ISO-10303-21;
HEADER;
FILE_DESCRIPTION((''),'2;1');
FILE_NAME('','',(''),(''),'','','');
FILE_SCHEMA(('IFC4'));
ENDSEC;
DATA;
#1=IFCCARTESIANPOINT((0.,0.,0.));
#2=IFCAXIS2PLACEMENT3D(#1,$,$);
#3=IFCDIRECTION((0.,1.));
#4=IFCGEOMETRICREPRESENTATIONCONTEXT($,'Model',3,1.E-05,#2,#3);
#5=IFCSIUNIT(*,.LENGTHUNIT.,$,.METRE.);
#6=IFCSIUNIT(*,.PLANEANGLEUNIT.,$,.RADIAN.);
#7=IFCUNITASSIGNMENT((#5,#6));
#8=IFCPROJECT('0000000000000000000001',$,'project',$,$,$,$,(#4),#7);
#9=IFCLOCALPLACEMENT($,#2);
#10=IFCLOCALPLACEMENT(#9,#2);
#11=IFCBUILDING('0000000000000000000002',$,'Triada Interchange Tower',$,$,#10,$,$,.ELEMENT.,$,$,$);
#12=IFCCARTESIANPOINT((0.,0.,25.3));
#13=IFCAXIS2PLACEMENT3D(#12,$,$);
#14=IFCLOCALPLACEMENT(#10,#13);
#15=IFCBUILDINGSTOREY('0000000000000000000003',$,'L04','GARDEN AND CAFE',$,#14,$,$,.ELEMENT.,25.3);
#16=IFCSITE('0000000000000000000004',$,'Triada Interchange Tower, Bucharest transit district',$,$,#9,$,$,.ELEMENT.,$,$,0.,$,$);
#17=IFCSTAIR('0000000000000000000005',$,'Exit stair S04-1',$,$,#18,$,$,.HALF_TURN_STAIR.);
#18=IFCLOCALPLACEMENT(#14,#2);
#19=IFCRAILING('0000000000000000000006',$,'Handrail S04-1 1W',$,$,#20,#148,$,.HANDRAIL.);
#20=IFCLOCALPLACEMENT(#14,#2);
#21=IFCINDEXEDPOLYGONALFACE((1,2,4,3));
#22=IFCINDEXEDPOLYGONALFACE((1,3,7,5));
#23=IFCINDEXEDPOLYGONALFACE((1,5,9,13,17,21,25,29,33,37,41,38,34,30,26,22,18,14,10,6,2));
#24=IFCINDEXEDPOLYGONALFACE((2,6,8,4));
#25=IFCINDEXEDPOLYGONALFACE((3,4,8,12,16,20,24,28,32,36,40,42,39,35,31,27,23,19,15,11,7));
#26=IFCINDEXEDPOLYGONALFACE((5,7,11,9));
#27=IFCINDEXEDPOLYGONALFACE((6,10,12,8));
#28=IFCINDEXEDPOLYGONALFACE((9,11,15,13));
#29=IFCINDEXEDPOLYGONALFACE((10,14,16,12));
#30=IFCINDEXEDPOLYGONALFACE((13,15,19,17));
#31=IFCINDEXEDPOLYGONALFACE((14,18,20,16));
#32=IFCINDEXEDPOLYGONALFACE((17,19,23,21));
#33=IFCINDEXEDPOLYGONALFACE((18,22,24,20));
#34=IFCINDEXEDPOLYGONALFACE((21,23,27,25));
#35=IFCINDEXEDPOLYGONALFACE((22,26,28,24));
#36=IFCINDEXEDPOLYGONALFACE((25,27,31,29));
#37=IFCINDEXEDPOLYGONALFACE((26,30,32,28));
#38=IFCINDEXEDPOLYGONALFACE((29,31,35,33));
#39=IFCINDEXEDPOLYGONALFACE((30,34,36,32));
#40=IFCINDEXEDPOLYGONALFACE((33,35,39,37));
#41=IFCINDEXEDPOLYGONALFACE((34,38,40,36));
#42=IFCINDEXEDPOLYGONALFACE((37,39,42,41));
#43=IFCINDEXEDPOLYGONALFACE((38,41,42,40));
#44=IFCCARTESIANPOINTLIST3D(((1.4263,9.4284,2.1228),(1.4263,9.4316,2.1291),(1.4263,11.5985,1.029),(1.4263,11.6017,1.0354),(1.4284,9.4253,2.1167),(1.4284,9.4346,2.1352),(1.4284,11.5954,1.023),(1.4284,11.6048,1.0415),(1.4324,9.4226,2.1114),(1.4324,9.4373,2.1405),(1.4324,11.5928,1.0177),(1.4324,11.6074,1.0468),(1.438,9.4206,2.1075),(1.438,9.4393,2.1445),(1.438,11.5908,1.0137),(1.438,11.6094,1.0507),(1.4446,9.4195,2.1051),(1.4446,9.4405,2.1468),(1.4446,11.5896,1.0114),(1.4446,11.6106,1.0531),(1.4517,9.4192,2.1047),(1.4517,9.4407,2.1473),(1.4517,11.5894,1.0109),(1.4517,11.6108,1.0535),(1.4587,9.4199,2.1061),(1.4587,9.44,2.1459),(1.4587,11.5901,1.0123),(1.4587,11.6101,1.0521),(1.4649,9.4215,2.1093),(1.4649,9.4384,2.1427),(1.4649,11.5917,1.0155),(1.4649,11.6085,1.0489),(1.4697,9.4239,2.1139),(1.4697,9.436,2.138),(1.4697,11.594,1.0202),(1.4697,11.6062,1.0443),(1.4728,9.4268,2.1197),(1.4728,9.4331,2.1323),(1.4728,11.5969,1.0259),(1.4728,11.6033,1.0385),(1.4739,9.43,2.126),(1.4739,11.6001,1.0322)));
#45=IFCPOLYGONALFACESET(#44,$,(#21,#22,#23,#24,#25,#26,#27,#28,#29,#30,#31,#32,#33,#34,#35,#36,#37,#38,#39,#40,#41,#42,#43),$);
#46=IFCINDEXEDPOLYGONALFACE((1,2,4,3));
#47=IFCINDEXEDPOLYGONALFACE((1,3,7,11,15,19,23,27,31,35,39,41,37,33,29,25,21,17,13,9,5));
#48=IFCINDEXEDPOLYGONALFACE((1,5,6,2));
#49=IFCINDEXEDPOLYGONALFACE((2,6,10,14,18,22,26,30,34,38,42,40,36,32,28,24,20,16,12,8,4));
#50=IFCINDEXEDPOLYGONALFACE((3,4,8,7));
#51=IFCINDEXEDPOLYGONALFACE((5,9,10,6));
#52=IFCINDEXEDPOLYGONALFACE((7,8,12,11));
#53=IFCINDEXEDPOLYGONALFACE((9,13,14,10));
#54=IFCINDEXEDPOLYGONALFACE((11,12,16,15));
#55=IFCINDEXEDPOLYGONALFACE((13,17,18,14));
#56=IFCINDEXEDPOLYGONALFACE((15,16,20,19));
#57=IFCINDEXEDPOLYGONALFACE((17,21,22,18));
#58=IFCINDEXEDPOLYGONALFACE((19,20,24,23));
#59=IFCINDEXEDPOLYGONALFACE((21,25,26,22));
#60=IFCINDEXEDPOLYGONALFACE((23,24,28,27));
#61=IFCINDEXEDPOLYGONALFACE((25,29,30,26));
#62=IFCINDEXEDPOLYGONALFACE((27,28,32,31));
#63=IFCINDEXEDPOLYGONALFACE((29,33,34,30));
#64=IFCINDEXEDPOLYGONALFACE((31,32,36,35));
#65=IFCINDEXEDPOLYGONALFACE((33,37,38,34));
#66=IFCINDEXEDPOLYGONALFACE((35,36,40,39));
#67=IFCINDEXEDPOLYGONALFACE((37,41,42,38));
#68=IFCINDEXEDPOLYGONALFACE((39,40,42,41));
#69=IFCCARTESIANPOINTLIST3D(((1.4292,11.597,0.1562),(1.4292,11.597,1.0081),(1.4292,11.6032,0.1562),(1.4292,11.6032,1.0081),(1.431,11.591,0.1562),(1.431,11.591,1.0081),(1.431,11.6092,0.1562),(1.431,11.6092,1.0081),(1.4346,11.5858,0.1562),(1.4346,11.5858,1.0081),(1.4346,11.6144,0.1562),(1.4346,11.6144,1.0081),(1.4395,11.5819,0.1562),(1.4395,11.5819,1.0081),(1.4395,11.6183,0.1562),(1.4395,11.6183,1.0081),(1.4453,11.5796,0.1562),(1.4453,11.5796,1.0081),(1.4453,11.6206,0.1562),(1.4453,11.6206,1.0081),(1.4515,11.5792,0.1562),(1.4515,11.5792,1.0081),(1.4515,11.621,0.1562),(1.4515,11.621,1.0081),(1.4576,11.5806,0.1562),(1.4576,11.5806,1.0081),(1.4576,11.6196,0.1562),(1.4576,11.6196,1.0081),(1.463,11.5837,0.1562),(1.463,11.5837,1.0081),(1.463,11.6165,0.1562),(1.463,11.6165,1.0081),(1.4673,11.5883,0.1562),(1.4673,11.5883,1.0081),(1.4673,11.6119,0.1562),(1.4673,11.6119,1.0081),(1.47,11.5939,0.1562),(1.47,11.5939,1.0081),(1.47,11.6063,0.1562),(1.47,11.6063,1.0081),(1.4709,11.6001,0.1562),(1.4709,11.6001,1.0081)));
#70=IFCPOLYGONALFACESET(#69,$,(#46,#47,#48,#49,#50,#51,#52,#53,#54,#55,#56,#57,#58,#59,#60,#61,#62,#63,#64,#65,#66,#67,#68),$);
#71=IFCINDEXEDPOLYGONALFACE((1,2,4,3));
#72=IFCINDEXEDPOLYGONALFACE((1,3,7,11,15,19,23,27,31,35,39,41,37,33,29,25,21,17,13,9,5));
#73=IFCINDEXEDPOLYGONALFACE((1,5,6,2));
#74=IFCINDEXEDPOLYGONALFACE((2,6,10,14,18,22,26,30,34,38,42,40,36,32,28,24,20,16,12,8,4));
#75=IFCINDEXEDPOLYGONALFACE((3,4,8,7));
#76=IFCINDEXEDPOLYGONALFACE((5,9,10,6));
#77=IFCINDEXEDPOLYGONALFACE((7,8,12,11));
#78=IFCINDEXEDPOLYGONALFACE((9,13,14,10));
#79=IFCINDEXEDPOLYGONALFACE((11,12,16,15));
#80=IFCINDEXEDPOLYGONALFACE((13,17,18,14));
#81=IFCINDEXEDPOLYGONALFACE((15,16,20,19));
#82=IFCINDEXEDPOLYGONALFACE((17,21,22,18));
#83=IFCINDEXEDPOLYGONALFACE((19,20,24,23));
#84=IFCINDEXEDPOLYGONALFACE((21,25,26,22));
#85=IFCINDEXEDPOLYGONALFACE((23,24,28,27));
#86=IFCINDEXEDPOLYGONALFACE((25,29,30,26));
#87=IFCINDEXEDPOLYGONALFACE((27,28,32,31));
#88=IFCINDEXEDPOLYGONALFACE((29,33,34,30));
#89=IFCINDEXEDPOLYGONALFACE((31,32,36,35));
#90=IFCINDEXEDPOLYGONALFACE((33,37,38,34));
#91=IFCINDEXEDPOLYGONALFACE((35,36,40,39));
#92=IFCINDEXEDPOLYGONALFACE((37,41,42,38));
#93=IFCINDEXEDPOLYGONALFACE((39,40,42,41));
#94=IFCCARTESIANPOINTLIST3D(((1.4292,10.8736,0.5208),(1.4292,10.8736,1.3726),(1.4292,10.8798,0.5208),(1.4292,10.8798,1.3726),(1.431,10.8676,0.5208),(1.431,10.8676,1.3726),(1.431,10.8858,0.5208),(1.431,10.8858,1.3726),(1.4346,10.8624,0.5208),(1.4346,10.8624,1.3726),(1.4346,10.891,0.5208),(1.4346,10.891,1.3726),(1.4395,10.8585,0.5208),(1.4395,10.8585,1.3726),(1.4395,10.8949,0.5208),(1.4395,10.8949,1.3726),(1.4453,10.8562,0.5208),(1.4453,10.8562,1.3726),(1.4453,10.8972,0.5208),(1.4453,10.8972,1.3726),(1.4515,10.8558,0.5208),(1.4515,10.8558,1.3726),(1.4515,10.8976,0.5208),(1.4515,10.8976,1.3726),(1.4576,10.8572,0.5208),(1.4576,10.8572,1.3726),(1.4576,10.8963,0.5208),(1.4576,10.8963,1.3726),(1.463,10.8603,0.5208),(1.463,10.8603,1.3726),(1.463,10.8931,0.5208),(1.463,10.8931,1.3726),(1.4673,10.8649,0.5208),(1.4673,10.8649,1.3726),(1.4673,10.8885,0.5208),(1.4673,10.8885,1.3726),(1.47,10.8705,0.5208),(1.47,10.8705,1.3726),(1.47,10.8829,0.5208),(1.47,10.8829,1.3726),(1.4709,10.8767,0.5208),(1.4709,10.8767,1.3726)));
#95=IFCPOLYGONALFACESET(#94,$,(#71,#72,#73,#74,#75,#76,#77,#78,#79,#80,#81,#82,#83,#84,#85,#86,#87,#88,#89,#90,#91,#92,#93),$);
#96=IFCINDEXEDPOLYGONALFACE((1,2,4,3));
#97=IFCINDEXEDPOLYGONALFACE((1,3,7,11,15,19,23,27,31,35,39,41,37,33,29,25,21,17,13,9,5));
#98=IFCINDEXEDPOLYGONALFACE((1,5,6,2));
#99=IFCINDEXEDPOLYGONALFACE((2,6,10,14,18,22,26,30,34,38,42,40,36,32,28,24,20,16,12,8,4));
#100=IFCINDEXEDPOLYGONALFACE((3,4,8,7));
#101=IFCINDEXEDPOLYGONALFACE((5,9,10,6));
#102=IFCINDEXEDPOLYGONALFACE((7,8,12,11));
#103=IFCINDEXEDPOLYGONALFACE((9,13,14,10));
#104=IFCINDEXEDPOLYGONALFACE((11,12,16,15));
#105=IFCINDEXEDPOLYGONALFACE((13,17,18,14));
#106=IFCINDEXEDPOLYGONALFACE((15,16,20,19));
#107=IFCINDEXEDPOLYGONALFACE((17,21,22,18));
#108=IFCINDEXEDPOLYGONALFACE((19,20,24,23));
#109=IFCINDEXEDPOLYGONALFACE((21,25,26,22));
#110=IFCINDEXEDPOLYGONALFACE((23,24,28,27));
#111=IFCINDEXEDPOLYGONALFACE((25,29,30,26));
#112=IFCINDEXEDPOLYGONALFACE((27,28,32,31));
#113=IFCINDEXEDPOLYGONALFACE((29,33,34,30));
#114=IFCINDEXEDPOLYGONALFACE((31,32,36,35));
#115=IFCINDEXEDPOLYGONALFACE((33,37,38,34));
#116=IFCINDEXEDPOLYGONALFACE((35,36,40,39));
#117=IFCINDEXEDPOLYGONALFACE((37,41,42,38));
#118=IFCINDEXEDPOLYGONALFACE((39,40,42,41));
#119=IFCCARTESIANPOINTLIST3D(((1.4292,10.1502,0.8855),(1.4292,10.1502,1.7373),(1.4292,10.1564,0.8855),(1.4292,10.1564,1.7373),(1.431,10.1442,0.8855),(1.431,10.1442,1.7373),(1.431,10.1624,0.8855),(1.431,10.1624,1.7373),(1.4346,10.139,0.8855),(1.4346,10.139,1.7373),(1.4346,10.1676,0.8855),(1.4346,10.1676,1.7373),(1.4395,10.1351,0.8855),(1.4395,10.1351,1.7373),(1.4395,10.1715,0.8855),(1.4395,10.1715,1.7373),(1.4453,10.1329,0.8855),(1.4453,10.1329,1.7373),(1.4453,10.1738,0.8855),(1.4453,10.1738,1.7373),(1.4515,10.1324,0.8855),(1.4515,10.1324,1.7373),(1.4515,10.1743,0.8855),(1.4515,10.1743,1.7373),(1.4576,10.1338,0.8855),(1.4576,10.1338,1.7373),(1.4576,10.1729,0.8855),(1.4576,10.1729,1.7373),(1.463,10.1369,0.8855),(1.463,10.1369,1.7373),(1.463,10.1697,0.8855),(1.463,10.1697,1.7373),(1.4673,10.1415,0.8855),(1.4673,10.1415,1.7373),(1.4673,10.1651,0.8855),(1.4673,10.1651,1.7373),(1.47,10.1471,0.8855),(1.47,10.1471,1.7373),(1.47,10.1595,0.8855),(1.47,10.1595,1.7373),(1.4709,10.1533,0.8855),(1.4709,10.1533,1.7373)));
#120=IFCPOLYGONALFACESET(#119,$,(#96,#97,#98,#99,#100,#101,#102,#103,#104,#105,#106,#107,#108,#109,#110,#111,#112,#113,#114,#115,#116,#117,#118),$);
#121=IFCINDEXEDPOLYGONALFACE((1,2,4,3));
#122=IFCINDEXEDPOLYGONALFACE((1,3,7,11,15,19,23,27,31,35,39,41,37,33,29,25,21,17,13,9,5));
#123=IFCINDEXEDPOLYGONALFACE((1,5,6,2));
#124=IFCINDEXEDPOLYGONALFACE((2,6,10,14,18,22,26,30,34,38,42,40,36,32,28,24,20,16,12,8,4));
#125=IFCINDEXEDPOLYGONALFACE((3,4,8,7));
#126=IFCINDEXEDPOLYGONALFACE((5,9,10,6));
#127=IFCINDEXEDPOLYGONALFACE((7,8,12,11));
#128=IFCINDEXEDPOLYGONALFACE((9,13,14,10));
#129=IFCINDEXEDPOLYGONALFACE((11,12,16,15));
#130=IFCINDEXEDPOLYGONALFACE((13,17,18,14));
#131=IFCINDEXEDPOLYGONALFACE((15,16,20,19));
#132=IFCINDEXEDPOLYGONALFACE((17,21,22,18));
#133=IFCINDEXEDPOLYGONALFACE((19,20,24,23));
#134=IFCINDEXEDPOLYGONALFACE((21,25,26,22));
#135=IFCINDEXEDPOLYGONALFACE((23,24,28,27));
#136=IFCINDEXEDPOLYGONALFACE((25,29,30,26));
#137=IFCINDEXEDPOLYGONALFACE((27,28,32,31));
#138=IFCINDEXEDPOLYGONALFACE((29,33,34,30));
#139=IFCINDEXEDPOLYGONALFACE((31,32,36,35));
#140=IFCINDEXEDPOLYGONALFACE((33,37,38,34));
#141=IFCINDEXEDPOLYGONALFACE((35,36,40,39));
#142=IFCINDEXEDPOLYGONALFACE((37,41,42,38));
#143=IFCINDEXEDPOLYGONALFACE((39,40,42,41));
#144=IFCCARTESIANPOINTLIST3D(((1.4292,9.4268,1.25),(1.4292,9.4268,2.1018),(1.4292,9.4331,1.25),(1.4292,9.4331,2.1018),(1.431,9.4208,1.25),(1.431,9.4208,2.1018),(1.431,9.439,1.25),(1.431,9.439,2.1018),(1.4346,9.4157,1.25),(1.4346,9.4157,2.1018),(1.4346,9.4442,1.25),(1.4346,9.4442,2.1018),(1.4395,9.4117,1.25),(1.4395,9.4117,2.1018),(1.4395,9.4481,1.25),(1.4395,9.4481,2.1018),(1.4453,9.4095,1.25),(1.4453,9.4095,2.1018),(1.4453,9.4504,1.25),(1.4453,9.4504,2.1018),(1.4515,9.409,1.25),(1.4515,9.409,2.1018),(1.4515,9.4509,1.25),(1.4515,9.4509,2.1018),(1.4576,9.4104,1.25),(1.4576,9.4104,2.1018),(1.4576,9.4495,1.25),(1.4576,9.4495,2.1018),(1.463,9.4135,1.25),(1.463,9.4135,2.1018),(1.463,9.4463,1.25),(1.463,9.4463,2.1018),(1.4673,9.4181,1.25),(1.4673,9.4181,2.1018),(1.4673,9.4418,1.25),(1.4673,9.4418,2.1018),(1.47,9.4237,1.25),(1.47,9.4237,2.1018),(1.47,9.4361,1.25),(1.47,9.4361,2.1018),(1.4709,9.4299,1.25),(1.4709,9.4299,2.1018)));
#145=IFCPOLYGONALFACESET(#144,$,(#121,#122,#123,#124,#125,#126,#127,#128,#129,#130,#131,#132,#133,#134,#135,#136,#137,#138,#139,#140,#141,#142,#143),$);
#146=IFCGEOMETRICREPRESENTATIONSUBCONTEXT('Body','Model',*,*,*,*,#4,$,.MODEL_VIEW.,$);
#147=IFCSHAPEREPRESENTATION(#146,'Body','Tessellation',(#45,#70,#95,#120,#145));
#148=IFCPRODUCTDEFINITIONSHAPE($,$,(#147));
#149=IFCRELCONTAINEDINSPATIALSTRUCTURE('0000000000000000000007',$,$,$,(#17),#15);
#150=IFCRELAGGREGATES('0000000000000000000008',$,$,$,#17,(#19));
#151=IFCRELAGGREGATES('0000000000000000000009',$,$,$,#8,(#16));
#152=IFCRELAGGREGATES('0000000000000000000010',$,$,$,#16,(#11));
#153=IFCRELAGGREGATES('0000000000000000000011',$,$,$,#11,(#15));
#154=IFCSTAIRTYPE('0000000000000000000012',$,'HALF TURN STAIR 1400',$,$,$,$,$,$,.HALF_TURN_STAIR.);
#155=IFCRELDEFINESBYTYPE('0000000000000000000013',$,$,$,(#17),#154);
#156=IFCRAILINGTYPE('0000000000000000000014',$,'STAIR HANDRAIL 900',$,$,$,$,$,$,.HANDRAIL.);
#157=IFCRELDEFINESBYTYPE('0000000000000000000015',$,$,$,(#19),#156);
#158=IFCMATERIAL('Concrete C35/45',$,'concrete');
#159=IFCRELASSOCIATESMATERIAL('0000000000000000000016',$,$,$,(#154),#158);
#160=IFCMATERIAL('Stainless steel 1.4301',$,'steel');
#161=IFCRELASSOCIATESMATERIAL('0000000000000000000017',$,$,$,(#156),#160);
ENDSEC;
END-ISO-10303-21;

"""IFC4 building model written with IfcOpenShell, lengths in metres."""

from ifc_helpers import new_model, si_unit, direction, frame, origin, origin_2d, place, context, subcontext, project, spatial, circle, extrude, material, type_object, element, aggregate, save


model = new_model("IFC4")

# Units and contexts
model_context = context("Model", 3, precision=1e-05, world=origin(), true_north=direction((0.0, 1.0)))
body_context = subcontext(model_context, "Body", "Model", "MODEL_VIEW")
ifc_project = project(units=[si_unit("LENGTHUNIT", "METRE"), si_unit("PLANEANGLEUNIT", "RADIAN")], contexts=[model_context])

# Site, building, storey
site_placement = place(None, origin())
site = spatial("IfcSite", under=ifc_project, at=site_placement, Name="Triada Interchange Tower, Bucharest transit district", CompositionType="ELEMENT", RefElevation=0.0)
building_placement = place(site_placement, origin())
building = spatial("IfcBuilding", under=site, at=building_placement, Name="Triada Interchange Tower", CompositionType="ELEMENT")
storey_placement = place(building_placement, frame((0.0, 0.0, 25.3)))
storey = spatial("IfcBuildingStorey", under=building, at=storey_placement, Name="L04", Description="GARDEN AND CAFE", CompositionType="ELEMENT", Elevation=25.3)

# Shared definitions
ifc_material_1 = material(Name="Concrete C35/45", Category="concrete")

# Stair, railing
stair_type = type_object("IfcStairType", Name="HALF TURN STAIR 1400", PredefinedType="HALF_TURN_STAIR", material=ifc_material_1)
stair_placement = place(storey_placement, origin())
stair = element("IfcStair", 1, at=stair_placement, inside=storey, type_object=stair_type, Name="Exit stair S04-1", PredefinedType="HALF_TURN_STAIR")
ifc_material_2 = material(Name="Stainless steel 1.4301", Category="steel")
railing_type_1 = type_object("IfcRailingType", Name="STAIR HANDRAIL 900", PredefinedType="HANDRAIL", material=ifc_material_2)
railing_1_placement = place(storey_placement, frame((1.45, 11.6001, 0.1562)))
railing_1 = element("IfcRailing", 2, at=railing_1_placement, type_object=railing_type_1, Name="Handrail S04-1 1W", PredefinedType="HANDRAIL", context=body_context, shape_type="SweptSolid", body=[
    extrude(circle(Radius=0.0239, at=origin_2d()), frame((0.0, 0.0, 0.876), z_axis=(0.0, -0.892996, 0.450064), x_axis=(1.0, 0.0, 0.0)), (0.0, 0.0, 1.0), 2.4302),
    extrude(circle(Radius=0.021, at=origin_2d()), origin(), (0.0, 0.0, 1.0), 0.8518),
    extrude(circle(Radius=0.021, at=origin_2d()), frame((0.0, -0.7234, 0.3645)), (0.0, 0.0, 1.0), 0.8518),
    extrude(circle(Radius=0.021, at=origin_2d()), frame((0.0, -1.4468, 0.7292)), (0.0, 0.0, 1.0), 0.8518),
    extrude(circle(Radius=0.021, at=origin_2d()), frame((0.0, -2.1702, 1.0938)), (0.0, 0.0, 1.0), 0.8518),
])
aggregate(stair, [railing_1])

save(model, "model.ifc")
